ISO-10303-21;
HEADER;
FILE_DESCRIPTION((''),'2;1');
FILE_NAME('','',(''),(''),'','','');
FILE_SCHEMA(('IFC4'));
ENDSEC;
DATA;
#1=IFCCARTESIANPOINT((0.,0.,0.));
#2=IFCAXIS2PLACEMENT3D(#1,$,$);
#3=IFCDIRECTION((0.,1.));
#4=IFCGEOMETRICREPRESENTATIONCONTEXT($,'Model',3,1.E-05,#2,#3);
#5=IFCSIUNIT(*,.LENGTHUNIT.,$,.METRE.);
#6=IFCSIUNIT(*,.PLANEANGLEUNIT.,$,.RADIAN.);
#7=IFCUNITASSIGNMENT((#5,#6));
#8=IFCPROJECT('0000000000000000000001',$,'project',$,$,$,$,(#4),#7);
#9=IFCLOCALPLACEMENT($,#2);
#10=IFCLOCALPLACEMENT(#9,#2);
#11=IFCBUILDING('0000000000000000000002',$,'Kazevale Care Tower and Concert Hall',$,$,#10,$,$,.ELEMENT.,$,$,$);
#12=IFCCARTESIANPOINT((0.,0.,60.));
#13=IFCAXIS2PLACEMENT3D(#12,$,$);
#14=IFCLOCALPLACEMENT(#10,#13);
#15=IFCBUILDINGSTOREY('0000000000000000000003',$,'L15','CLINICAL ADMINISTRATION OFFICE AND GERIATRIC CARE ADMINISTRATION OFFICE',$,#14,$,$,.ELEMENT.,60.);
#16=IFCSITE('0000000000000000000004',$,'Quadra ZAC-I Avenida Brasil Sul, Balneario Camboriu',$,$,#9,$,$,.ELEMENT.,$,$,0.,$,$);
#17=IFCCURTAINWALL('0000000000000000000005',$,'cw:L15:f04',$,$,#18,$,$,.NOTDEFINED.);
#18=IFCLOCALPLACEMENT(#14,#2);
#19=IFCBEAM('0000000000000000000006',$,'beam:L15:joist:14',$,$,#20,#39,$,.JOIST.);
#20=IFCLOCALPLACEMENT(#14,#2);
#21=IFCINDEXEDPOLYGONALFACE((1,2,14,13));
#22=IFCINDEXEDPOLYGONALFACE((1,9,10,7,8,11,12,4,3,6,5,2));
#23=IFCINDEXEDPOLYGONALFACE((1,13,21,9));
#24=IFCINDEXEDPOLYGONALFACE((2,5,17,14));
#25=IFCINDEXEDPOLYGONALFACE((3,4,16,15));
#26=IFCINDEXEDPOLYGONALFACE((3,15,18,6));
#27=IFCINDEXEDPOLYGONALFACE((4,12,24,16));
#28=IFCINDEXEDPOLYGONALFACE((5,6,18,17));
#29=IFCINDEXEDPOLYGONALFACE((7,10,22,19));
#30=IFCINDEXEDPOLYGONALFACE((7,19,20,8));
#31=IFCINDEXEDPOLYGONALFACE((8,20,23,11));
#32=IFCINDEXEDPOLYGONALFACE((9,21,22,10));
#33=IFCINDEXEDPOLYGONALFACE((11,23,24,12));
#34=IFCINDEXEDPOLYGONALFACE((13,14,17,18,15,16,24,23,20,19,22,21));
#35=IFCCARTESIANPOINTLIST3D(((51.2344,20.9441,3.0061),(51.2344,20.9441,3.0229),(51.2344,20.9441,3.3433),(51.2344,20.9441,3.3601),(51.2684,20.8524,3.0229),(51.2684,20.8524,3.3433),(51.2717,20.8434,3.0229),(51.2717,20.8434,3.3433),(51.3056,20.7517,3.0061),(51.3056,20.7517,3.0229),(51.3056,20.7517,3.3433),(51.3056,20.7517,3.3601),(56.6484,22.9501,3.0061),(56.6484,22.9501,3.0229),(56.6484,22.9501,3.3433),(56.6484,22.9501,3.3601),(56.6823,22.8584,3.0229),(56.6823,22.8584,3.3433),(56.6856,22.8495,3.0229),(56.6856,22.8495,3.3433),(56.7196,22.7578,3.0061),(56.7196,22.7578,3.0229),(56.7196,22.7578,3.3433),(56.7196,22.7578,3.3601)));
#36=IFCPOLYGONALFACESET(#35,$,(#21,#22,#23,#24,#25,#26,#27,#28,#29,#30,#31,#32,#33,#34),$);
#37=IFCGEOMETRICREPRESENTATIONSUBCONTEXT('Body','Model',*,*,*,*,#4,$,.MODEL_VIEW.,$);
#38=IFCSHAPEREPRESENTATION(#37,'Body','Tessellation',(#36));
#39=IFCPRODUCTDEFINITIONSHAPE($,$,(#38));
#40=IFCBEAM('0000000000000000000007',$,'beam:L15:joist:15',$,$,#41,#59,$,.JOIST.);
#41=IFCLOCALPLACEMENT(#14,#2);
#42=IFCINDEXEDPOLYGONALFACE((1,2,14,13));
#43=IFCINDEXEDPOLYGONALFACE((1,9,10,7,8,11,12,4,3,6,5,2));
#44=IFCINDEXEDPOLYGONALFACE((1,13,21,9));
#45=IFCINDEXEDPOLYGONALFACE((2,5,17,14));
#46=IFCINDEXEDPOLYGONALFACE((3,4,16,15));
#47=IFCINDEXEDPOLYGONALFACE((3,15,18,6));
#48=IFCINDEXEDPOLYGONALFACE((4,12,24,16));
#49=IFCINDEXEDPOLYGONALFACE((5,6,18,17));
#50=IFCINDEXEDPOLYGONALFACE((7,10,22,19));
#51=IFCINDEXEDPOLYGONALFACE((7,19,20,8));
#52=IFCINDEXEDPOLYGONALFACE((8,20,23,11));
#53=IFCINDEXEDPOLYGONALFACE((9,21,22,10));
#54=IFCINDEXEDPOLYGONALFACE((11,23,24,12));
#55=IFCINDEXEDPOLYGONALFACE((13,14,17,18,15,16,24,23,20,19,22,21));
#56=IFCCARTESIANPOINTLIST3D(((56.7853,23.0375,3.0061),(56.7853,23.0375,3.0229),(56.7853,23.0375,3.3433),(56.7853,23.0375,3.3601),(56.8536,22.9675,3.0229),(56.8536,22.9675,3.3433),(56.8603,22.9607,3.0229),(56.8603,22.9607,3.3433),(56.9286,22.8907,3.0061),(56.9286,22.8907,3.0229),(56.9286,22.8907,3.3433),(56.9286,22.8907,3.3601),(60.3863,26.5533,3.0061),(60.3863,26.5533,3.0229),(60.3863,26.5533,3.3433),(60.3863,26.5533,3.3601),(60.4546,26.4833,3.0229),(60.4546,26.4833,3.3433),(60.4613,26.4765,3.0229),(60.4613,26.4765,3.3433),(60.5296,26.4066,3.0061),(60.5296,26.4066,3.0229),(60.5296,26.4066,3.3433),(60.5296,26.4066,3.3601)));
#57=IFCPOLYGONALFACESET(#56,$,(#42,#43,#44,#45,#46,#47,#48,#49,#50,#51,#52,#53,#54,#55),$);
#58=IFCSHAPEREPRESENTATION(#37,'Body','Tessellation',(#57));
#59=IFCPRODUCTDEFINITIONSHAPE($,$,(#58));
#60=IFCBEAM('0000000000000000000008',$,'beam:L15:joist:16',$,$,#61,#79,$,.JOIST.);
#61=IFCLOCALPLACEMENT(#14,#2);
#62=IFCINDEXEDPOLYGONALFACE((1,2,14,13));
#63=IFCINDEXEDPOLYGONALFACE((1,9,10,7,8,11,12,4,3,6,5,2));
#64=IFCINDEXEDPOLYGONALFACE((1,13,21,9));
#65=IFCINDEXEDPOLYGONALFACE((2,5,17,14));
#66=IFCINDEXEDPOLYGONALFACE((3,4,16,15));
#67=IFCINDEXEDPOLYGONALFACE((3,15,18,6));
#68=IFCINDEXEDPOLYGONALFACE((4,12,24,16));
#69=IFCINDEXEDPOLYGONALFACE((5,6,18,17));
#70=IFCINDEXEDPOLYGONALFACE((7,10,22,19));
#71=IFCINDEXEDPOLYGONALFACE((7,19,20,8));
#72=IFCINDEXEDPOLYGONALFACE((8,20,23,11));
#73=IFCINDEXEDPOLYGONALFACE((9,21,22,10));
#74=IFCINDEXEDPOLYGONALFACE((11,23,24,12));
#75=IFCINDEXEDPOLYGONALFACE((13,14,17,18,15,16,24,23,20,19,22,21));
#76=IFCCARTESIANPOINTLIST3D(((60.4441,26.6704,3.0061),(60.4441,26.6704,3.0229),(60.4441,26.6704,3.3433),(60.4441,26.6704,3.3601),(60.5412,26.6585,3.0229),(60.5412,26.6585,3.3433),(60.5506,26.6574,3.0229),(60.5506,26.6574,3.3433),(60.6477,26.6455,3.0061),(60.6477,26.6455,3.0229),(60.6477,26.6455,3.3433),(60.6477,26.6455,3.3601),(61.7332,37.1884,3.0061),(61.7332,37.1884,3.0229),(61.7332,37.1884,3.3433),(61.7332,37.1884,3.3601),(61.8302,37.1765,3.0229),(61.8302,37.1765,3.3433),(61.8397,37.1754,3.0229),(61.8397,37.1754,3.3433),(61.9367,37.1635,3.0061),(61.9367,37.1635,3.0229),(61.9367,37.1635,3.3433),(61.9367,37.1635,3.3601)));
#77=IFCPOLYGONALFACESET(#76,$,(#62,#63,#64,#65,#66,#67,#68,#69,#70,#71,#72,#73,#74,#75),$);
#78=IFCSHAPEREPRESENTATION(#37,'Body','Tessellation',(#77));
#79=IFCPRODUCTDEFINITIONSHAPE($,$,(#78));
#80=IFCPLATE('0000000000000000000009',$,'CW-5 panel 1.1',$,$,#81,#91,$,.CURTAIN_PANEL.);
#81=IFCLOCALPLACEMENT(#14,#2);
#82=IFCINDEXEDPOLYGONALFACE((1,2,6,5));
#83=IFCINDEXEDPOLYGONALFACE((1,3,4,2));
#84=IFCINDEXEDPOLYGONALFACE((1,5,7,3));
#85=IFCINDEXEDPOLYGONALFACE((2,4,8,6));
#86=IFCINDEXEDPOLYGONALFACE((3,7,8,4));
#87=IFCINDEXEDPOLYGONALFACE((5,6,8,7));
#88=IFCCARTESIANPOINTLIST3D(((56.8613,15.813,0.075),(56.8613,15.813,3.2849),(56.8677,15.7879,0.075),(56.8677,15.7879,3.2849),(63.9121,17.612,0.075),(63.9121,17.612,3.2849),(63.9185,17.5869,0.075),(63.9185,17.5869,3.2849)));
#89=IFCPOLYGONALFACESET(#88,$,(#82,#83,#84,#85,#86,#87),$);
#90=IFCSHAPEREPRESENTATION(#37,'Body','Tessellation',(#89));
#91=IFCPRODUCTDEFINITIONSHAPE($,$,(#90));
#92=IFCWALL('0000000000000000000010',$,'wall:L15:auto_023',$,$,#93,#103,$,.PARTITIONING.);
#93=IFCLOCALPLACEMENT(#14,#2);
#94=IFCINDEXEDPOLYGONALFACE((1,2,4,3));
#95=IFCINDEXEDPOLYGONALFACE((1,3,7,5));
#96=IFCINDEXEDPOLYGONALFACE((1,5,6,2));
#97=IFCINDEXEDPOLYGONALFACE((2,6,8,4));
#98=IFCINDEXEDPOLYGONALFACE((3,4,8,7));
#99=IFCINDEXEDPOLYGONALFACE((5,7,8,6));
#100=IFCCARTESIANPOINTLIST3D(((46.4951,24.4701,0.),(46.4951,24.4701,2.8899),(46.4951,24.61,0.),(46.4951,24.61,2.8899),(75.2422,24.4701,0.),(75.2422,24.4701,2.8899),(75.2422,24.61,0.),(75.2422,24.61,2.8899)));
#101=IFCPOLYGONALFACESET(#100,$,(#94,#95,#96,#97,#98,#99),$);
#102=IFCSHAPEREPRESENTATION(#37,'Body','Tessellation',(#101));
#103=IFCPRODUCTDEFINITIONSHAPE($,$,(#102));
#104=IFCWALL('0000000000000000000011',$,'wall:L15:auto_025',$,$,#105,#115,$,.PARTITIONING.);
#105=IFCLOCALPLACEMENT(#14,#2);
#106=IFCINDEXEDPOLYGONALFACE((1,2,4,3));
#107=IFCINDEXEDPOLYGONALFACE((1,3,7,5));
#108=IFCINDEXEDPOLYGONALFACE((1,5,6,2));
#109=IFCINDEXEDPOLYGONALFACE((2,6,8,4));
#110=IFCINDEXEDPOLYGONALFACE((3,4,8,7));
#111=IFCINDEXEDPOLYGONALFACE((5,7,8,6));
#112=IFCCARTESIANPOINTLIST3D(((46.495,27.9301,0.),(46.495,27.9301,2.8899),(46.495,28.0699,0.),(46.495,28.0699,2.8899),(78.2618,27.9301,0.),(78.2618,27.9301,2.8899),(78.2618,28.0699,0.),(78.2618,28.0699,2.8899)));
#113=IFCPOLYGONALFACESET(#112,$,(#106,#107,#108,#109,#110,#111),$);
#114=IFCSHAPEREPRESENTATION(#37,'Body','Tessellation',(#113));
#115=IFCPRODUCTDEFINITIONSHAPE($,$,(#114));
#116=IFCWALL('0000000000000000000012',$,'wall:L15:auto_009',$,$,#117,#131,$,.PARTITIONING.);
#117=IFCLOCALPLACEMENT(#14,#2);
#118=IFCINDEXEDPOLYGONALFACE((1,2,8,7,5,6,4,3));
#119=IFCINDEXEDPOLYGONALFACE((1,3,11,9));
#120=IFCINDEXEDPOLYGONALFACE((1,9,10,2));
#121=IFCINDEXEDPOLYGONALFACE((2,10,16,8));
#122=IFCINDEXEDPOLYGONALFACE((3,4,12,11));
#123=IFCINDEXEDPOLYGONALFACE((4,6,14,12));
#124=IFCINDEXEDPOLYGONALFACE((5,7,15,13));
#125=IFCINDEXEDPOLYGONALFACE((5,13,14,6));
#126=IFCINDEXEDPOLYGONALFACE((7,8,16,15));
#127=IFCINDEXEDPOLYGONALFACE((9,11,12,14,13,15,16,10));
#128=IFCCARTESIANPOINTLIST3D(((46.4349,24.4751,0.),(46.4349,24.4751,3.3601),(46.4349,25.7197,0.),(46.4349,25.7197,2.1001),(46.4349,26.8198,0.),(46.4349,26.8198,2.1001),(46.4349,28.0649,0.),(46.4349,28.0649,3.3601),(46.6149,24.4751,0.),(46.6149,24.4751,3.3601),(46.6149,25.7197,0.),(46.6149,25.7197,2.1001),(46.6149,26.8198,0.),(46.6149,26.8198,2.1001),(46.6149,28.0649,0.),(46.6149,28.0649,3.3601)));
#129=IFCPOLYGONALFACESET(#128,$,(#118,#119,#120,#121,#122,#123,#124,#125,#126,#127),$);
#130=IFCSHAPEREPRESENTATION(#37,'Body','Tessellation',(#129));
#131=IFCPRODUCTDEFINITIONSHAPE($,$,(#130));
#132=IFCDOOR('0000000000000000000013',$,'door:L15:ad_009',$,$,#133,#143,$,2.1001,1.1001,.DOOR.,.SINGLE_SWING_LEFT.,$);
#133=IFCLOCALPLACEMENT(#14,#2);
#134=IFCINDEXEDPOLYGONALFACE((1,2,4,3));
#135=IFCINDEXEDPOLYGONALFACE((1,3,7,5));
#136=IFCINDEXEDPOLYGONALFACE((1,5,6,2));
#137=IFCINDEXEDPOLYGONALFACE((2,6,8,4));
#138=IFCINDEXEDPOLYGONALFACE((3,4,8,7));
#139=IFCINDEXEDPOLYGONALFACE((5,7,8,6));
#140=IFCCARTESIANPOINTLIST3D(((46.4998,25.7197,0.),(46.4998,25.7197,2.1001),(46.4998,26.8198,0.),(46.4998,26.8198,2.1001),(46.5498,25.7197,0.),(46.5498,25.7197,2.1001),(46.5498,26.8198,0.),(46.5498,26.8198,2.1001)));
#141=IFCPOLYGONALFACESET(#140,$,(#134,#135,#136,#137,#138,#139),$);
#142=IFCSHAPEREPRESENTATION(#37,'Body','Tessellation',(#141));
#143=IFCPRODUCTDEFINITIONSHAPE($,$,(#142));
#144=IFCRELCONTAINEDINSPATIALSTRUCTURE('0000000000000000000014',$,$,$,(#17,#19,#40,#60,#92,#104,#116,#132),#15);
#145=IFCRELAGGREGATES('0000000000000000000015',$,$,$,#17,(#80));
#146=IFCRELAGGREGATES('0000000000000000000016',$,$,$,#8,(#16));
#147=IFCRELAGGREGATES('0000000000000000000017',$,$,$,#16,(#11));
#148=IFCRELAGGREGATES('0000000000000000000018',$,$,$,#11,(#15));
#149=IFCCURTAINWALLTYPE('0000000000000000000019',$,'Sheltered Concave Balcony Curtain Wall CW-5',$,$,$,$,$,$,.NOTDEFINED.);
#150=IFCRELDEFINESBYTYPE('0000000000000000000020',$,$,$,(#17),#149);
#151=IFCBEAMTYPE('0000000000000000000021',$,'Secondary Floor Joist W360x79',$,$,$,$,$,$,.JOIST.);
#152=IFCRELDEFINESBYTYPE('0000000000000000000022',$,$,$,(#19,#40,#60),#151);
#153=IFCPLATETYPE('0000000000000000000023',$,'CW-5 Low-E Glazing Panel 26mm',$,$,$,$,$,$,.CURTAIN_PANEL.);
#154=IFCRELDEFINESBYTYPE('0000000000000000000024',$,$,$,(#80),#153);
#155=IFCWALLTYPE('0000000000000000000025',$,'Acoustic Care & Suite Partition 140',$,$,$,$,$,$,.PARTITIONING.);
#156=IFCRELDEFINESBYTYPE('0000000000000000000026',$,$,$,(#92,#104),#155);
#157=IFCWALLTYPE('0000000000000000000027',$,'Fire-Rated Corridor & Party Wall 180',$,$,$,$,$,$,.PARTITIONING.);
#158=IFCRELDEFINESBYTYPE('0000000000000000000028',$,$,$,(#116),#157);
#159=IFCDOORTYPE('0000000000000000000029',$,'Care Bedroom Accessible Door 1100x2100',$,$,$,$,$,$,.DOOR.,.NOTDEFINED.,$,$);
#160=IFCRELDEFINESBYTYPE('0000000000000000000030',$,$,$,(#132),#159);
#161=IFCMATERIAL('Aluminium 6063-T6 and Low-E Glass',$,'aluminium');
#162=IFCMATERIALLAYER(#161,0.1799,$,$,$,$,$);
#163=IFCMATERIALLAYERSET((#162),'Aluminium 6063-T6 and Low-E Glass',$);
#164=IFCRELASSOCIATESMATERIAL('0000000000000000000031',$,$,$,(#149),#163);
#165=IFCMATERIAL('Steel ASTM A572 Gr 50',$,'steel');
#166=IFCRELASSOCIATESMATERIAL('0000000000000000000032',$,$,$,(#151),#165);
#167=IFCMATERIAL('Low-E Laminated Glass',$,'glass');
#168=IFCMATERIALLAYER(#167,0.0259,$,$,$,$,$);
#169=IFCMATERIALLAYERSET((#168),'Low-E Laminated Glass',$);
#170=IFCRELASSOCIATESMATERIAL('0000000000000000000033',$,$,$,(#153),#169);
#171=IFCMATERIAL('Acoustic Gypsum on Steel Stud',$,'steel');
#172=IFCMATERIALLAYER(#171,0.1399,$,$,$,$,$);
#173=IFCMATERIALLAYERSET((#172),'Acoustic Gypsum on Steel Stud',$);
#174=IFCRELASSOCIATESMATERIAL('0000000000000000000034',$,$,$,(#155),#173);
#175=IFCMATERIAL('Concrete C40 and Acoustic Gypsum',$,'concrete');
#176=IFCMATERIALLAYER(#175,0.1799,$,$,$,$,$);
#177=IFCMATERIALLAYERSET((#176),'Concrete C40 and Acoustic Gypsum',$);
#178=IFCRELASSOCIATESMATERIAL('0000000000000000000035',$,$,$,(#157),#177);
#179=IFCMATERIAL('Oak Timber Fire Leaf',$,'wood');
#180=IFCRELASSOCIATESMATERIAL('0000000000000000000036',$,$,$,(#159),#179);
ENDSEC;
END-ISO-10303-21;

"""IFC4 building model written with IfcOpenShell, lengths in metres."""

from ifc_helpers import new_model, si_unit, direction, frame, frame_2d, origin, origin_2d, place, context, subcontext, project, spatial, rectangle, i_section, extrude, material, layer, layer_set, material_profile, profile_set, type_object, element, fill, aggregate, save


model = new_model("IFC4")

# Units and contexts
model_context = context("Model", 3, precision=1e-05, world=origin(), true_north=direction((0.0, 1.0)))
body_context = subcontext(model_context, "Body", "Model", "MODEL_VIEW")
ifc_project = project(units=[si_unit("LENGTHUNIT", "METRE"), si_unit("PLANEANGLEUNIT", "RADIAN")], contexts=[model_context])

# Site, building, storey
site_placement = place(None, origin())
site = spatial("IfcSite", under=ifc_project, at=site_placement, Name="Quadra ZAC-I Avenida Brasil Sul, Balneario Camboriu", CompositionType="ELEMENT", RefElevation=0.0)
building_placement = place(site_placement, origin())
building = spatial("IfcBuilding", under=site, at=building_placement, Name="Kazevale Care Tower and Concert Hall", CompositionType="ELEMENT")
storey_placement = place(building_placement, frame((0.0, 0.0, 60.0)))
storey = spatial("IfcBuildingStorey", under=building, at=storey_placement, Name="L15", Description="CLINICAL ADMINISTRATION OFFICE AND GERIATRIC CARE ADMINISTRATION OFFICE", CompositionType="ELEMENT", Elevation=60.0)

# Curtain wall
ifc_material_1 = material(Name="Aluminium 6063-T6 and Low-E Glass", Category="aluminium")
ifc_layer_1 = layer(ifc_material_1, 0.1799)
ifc_layer_set_1 = layer_set([ifc_layer_1], Name="Aluminium 6063-T6 and Low-E Glass")
curtain_wall_type = type_object("IfcCurtainWallType", Name="Sheltered Concave Balcony Curtain Wall CW-5", PredefinedType="NOTDEFINED", material=ifc_layer_set_1)
curtain_wall_1_placement = place(storey_placement, origin())
curtain_wall_1 = element("IfcCurtainWall", 1, at=curtain_wall_1_placement, inside=storey, type_object=curtain_wall_type, Name="cw:L15:f04", PredefinedType="NOTDEFINED")

# Beams
ifc_material_2 = material(Name="Steel ASTM A572 Gr 50", Category="steel")
ifc_material_profile_1 = material_profile(ifc_material_2, i_section(OverallWidth=0.2051, OverallDepth=0.354, WebThickness=0.0095, FlangeThickness=0.0168, at=origin_2d()), Name="W360x79")
ifc_profile_set_1 = profile_set([ifc_material_profile_1], Name="Steel ASTM A572 Gr 50")
beam_type_1 = type_object("IfcBeamType", Name="Secondary Floor Joist W360x79", PredefinedType="JOIST", material=ifc_profile_set_1)
beam_1_placement = place(storey_placement, frame((51.27, 20.8479, 3.1831), z_axis=(0.937698, 0.347451, 0.0), x_axis=(-0.347451, 0.937698, 0.0)))
element("IfcBeam", 2, at=beam_1_placement, inside=storey, type_object=beam_type_1, Name="beam:L15:joist:14", PredefinedType="JOIST", context=body_context, shape_type="SweptSolid", body=[
    extrude(i_section(OverallWidth=0.2051, OverallDepth=0.354, WebThickness=0.0095, FlangeThickness=0.0168, at=origin_2d()), origin(), (0.0, 0.0, 1.0), 5.7737),
])
beam_2_placement = place(storey_placement, frame((56.8569, 22.9641, 3.1831), z_axis=(0.715521, 0.698591, 0.0), x_axis=(-0.698591, 0.715521, 0.0)))
element("IfcBeam", 3, at=beam_2_placement, inside=storey, type_object=beam_type_1, Name="beam:L15:joist:15", PredefinedType="JOIST", context=body_context, shape_type="SweptSolid", body=[
    extrude(i_section(OverallWidth=0.2051, OverallDepth=0.354, WebThickness=0.0095, FlangeThickness=0.0168, at=origin_2d()), origin(), (0.0, 0.0, 1.0), 5.0327),
])
beam_3_placement = place(storey_placement, frame((60.5459, 26.658, 3.1831), z_axis=(0.121647, 0.992573, 0.0), x_axis=(-0.992573, 0.121647, 0.0)))
element("IfcBeam", 4, at=beam_3_placement, inside=storey, type_object=beam_type_1, Name="beam:L15:joist:16", PredefinedType="JOIST", context=body_context, shape_type="SweptSolid", body=[
    extrude(i_section(OverallWidth=0.2051, OverallDepth=0.354, WebThickness=0.0095, FlangeThickness=0.0168, at=origin_2d()), origin(), (0.0, 0.0, 1.0), 10.5967),
])

# Plate
ifc_material_3 = material(Name="Low-E Laminated Glass", Category="glass")
ifc_layer_2 = layer(ifc_material_3, 0.0259)
ifc_layer_set_2 = layer_set([ifc_layer_2], Name="Low-E Laminated Glass")
plate_type = type_object("IfcPlateType", Name="CW-5 Low-E Glazing Panel 26mm", PredefinedType="CURTAIN_PANEL", material=ifc_layer_set_2)
plate_placement = place(storey_placement, frame((60.3899, 16.7, 0.075), z_axis=(0.0, 0.0, 1.0), x_axis=(-0.968959, -0.247222, 0.0)))
plate = element("IfcPlate", 5, at=plate_placement, type_object=plate_type, Name="CW-5 panel 1.1", PredefinedType="CURTAIN_PANEL", context=body_context, shape_type="SweptSolid", body=[
    extrude(rectangle(XDim=7.2766, YDim=0.0259, at=origin_2d()), origin(), (0.0, 0.0, 1.0), 3.21),
])
aggregate(curtain_wall_1, [plate])

# Walls
ifc_material_4 = material(Name="Acoustic Gypsum on Steel Stud", Category="steel")
ifc_layer_3 = layer(ifc_material_4, 0.1399)
ifc_layer_set_3 = layer_set([ifc_layer_3], Name="Acoustic Gypsum on Steel Stud")
wall_type_1 = type_object("IfcWallType", Name="Acoustic Care & Suite Partition 140", PredefinedType="PARTITIONING", material=ifc_layer_set_3)
wall_1_placement = place(storey_placement, frame((46.4951, 24.54, 0.0), z_axis=(0.0, 0.0, 1.0), x_axis=(1.0, 0.0, 0.0)))
element("IfcWall", 6, at=wall_1_placement, inside=storey, type_object=wall_type_1, Name="wall:L15:auto_023", PredefinedType="PARTITIONING", context=body_context, shape_type="SweptSolid", body=[
    extrude(rectangle(XDim=28.7471, YDim=0.1399, at=frame_2d((14.3735, 0.0))), origin(), (0.0, 0.0, 1.0), 2.8899),
])
wall_2_placement = place(storey_placement, frame((46.4951, 28.0, 0.0), z_axis=(0.0, 0.0, 1.0), x_axis=(1.0, 0.0, 0.0)))
element("IfcWall", 7, at=wall_2_placement, inside=storey, type_object=wall_type_1, Name="wall:L15:auto_025", PredefinedType="PARTITIONING", context=body_context, shape_type="SweptSolid", body=[
    extrude(rectangle(XDim=31.7668, YDim=0.1399, at=frame_2d((15.8833, 0.0))), origin(), (0.0, 0.0, 1.0), 2.8899),
])

# Wall, opening, door
ifc_material_5 = material(Name="Concrete C40 and Acoustic Gypsum", Category="concrete")
ifc_layer_4 = layer(ifc_material_5, 0.1799)
ifc_layer_set_4 = layer_set([ifc_layer_4], Name="Concrete C40 and Acoustic Gypsum")
wall_type_2 = type_object("IfcWallType", Name="Fire-Rated Corridor & Party Wall 180", PredefinedType="PARTITIONING", material=ifc_layer_set_4)
ifc_material_6 = material(Name="Oak Timber Fire Leaf", Category="wood")
wall_3_placement = place(storey_placement, frame((46.5249, 28.0649, 0.0), z_axis=(0.0, 0.0, 1.0), x_axis=(0.0, -1.0, 0.0)))
wall_3 = element("IfcWall", 8, at=wall_3_placement, inside=storey, type_object=wall_type_2, Name="wall:L15:auto_009", PredefinedType="PARTITIONING", context=body_context, shape_type="SweptSolid", body=[
    extrude(rectangle(XDim=3.5898, YDim=0.1799, at=frame_2d((1.7949, 0.0))), origin(), (0.0, 0.0, 1.0), 3.3601),
])
opening_1_placement = place(wall_3_placement, frame((1.2451, 0.0, 0.0)))
opening_1 = element("IfcOpeningElement", 9, at=opening_1_placement, cuts=wall_3, PredefinedType="OPENING", context=body_context, shape_type="SweptSolid", body=[
    extrude(rectangle(XDim=1.1001, YDim=2.1001, at=frame_2d((0.55, 1.05))), frame((0.0, 0.0999, 0.0), z_axis=(0.0, -1.0, 0.0), x_axis=(1.0, 0.0, 0.0)), (0.0, 0.0, 1.0), 0.2),
])
door_type_1 = type_object("IfcDoorType", Name="Care Bedroom Accessible Door 1100x2100", OperationType="NOTDEFINED", PredefinedType="DOOR", material=ifc_material_6)
door_1_placement = place(opening_1_placement, origin())
door_1 = element("IfcDoor", 10, at=door_1_placement, inside=storey, type_object=door_type_1, Name="door:L15:ad_009", OperationType="SINGLE_SWING_LEFT", OverallHeight=2.1001, OverallWidth=1.1001, PredefinedType="DOOR", context=body_context, shape_type="SweptSolid", body=[
    extrude(rectangle(XDim=1.1001, YDim=2.1001, at=frame_2d((0.55, 1.05))), frame((0.0, 0.0249, 0.0), z_axis=(0.0, -1.0, 0.0), x_axis=(1.0, 0.0, 0.0)), (0.0, 0.0, 1.0), 0.05),
])
fill(opening_1, door_1)

save(model, "model.ifc")
